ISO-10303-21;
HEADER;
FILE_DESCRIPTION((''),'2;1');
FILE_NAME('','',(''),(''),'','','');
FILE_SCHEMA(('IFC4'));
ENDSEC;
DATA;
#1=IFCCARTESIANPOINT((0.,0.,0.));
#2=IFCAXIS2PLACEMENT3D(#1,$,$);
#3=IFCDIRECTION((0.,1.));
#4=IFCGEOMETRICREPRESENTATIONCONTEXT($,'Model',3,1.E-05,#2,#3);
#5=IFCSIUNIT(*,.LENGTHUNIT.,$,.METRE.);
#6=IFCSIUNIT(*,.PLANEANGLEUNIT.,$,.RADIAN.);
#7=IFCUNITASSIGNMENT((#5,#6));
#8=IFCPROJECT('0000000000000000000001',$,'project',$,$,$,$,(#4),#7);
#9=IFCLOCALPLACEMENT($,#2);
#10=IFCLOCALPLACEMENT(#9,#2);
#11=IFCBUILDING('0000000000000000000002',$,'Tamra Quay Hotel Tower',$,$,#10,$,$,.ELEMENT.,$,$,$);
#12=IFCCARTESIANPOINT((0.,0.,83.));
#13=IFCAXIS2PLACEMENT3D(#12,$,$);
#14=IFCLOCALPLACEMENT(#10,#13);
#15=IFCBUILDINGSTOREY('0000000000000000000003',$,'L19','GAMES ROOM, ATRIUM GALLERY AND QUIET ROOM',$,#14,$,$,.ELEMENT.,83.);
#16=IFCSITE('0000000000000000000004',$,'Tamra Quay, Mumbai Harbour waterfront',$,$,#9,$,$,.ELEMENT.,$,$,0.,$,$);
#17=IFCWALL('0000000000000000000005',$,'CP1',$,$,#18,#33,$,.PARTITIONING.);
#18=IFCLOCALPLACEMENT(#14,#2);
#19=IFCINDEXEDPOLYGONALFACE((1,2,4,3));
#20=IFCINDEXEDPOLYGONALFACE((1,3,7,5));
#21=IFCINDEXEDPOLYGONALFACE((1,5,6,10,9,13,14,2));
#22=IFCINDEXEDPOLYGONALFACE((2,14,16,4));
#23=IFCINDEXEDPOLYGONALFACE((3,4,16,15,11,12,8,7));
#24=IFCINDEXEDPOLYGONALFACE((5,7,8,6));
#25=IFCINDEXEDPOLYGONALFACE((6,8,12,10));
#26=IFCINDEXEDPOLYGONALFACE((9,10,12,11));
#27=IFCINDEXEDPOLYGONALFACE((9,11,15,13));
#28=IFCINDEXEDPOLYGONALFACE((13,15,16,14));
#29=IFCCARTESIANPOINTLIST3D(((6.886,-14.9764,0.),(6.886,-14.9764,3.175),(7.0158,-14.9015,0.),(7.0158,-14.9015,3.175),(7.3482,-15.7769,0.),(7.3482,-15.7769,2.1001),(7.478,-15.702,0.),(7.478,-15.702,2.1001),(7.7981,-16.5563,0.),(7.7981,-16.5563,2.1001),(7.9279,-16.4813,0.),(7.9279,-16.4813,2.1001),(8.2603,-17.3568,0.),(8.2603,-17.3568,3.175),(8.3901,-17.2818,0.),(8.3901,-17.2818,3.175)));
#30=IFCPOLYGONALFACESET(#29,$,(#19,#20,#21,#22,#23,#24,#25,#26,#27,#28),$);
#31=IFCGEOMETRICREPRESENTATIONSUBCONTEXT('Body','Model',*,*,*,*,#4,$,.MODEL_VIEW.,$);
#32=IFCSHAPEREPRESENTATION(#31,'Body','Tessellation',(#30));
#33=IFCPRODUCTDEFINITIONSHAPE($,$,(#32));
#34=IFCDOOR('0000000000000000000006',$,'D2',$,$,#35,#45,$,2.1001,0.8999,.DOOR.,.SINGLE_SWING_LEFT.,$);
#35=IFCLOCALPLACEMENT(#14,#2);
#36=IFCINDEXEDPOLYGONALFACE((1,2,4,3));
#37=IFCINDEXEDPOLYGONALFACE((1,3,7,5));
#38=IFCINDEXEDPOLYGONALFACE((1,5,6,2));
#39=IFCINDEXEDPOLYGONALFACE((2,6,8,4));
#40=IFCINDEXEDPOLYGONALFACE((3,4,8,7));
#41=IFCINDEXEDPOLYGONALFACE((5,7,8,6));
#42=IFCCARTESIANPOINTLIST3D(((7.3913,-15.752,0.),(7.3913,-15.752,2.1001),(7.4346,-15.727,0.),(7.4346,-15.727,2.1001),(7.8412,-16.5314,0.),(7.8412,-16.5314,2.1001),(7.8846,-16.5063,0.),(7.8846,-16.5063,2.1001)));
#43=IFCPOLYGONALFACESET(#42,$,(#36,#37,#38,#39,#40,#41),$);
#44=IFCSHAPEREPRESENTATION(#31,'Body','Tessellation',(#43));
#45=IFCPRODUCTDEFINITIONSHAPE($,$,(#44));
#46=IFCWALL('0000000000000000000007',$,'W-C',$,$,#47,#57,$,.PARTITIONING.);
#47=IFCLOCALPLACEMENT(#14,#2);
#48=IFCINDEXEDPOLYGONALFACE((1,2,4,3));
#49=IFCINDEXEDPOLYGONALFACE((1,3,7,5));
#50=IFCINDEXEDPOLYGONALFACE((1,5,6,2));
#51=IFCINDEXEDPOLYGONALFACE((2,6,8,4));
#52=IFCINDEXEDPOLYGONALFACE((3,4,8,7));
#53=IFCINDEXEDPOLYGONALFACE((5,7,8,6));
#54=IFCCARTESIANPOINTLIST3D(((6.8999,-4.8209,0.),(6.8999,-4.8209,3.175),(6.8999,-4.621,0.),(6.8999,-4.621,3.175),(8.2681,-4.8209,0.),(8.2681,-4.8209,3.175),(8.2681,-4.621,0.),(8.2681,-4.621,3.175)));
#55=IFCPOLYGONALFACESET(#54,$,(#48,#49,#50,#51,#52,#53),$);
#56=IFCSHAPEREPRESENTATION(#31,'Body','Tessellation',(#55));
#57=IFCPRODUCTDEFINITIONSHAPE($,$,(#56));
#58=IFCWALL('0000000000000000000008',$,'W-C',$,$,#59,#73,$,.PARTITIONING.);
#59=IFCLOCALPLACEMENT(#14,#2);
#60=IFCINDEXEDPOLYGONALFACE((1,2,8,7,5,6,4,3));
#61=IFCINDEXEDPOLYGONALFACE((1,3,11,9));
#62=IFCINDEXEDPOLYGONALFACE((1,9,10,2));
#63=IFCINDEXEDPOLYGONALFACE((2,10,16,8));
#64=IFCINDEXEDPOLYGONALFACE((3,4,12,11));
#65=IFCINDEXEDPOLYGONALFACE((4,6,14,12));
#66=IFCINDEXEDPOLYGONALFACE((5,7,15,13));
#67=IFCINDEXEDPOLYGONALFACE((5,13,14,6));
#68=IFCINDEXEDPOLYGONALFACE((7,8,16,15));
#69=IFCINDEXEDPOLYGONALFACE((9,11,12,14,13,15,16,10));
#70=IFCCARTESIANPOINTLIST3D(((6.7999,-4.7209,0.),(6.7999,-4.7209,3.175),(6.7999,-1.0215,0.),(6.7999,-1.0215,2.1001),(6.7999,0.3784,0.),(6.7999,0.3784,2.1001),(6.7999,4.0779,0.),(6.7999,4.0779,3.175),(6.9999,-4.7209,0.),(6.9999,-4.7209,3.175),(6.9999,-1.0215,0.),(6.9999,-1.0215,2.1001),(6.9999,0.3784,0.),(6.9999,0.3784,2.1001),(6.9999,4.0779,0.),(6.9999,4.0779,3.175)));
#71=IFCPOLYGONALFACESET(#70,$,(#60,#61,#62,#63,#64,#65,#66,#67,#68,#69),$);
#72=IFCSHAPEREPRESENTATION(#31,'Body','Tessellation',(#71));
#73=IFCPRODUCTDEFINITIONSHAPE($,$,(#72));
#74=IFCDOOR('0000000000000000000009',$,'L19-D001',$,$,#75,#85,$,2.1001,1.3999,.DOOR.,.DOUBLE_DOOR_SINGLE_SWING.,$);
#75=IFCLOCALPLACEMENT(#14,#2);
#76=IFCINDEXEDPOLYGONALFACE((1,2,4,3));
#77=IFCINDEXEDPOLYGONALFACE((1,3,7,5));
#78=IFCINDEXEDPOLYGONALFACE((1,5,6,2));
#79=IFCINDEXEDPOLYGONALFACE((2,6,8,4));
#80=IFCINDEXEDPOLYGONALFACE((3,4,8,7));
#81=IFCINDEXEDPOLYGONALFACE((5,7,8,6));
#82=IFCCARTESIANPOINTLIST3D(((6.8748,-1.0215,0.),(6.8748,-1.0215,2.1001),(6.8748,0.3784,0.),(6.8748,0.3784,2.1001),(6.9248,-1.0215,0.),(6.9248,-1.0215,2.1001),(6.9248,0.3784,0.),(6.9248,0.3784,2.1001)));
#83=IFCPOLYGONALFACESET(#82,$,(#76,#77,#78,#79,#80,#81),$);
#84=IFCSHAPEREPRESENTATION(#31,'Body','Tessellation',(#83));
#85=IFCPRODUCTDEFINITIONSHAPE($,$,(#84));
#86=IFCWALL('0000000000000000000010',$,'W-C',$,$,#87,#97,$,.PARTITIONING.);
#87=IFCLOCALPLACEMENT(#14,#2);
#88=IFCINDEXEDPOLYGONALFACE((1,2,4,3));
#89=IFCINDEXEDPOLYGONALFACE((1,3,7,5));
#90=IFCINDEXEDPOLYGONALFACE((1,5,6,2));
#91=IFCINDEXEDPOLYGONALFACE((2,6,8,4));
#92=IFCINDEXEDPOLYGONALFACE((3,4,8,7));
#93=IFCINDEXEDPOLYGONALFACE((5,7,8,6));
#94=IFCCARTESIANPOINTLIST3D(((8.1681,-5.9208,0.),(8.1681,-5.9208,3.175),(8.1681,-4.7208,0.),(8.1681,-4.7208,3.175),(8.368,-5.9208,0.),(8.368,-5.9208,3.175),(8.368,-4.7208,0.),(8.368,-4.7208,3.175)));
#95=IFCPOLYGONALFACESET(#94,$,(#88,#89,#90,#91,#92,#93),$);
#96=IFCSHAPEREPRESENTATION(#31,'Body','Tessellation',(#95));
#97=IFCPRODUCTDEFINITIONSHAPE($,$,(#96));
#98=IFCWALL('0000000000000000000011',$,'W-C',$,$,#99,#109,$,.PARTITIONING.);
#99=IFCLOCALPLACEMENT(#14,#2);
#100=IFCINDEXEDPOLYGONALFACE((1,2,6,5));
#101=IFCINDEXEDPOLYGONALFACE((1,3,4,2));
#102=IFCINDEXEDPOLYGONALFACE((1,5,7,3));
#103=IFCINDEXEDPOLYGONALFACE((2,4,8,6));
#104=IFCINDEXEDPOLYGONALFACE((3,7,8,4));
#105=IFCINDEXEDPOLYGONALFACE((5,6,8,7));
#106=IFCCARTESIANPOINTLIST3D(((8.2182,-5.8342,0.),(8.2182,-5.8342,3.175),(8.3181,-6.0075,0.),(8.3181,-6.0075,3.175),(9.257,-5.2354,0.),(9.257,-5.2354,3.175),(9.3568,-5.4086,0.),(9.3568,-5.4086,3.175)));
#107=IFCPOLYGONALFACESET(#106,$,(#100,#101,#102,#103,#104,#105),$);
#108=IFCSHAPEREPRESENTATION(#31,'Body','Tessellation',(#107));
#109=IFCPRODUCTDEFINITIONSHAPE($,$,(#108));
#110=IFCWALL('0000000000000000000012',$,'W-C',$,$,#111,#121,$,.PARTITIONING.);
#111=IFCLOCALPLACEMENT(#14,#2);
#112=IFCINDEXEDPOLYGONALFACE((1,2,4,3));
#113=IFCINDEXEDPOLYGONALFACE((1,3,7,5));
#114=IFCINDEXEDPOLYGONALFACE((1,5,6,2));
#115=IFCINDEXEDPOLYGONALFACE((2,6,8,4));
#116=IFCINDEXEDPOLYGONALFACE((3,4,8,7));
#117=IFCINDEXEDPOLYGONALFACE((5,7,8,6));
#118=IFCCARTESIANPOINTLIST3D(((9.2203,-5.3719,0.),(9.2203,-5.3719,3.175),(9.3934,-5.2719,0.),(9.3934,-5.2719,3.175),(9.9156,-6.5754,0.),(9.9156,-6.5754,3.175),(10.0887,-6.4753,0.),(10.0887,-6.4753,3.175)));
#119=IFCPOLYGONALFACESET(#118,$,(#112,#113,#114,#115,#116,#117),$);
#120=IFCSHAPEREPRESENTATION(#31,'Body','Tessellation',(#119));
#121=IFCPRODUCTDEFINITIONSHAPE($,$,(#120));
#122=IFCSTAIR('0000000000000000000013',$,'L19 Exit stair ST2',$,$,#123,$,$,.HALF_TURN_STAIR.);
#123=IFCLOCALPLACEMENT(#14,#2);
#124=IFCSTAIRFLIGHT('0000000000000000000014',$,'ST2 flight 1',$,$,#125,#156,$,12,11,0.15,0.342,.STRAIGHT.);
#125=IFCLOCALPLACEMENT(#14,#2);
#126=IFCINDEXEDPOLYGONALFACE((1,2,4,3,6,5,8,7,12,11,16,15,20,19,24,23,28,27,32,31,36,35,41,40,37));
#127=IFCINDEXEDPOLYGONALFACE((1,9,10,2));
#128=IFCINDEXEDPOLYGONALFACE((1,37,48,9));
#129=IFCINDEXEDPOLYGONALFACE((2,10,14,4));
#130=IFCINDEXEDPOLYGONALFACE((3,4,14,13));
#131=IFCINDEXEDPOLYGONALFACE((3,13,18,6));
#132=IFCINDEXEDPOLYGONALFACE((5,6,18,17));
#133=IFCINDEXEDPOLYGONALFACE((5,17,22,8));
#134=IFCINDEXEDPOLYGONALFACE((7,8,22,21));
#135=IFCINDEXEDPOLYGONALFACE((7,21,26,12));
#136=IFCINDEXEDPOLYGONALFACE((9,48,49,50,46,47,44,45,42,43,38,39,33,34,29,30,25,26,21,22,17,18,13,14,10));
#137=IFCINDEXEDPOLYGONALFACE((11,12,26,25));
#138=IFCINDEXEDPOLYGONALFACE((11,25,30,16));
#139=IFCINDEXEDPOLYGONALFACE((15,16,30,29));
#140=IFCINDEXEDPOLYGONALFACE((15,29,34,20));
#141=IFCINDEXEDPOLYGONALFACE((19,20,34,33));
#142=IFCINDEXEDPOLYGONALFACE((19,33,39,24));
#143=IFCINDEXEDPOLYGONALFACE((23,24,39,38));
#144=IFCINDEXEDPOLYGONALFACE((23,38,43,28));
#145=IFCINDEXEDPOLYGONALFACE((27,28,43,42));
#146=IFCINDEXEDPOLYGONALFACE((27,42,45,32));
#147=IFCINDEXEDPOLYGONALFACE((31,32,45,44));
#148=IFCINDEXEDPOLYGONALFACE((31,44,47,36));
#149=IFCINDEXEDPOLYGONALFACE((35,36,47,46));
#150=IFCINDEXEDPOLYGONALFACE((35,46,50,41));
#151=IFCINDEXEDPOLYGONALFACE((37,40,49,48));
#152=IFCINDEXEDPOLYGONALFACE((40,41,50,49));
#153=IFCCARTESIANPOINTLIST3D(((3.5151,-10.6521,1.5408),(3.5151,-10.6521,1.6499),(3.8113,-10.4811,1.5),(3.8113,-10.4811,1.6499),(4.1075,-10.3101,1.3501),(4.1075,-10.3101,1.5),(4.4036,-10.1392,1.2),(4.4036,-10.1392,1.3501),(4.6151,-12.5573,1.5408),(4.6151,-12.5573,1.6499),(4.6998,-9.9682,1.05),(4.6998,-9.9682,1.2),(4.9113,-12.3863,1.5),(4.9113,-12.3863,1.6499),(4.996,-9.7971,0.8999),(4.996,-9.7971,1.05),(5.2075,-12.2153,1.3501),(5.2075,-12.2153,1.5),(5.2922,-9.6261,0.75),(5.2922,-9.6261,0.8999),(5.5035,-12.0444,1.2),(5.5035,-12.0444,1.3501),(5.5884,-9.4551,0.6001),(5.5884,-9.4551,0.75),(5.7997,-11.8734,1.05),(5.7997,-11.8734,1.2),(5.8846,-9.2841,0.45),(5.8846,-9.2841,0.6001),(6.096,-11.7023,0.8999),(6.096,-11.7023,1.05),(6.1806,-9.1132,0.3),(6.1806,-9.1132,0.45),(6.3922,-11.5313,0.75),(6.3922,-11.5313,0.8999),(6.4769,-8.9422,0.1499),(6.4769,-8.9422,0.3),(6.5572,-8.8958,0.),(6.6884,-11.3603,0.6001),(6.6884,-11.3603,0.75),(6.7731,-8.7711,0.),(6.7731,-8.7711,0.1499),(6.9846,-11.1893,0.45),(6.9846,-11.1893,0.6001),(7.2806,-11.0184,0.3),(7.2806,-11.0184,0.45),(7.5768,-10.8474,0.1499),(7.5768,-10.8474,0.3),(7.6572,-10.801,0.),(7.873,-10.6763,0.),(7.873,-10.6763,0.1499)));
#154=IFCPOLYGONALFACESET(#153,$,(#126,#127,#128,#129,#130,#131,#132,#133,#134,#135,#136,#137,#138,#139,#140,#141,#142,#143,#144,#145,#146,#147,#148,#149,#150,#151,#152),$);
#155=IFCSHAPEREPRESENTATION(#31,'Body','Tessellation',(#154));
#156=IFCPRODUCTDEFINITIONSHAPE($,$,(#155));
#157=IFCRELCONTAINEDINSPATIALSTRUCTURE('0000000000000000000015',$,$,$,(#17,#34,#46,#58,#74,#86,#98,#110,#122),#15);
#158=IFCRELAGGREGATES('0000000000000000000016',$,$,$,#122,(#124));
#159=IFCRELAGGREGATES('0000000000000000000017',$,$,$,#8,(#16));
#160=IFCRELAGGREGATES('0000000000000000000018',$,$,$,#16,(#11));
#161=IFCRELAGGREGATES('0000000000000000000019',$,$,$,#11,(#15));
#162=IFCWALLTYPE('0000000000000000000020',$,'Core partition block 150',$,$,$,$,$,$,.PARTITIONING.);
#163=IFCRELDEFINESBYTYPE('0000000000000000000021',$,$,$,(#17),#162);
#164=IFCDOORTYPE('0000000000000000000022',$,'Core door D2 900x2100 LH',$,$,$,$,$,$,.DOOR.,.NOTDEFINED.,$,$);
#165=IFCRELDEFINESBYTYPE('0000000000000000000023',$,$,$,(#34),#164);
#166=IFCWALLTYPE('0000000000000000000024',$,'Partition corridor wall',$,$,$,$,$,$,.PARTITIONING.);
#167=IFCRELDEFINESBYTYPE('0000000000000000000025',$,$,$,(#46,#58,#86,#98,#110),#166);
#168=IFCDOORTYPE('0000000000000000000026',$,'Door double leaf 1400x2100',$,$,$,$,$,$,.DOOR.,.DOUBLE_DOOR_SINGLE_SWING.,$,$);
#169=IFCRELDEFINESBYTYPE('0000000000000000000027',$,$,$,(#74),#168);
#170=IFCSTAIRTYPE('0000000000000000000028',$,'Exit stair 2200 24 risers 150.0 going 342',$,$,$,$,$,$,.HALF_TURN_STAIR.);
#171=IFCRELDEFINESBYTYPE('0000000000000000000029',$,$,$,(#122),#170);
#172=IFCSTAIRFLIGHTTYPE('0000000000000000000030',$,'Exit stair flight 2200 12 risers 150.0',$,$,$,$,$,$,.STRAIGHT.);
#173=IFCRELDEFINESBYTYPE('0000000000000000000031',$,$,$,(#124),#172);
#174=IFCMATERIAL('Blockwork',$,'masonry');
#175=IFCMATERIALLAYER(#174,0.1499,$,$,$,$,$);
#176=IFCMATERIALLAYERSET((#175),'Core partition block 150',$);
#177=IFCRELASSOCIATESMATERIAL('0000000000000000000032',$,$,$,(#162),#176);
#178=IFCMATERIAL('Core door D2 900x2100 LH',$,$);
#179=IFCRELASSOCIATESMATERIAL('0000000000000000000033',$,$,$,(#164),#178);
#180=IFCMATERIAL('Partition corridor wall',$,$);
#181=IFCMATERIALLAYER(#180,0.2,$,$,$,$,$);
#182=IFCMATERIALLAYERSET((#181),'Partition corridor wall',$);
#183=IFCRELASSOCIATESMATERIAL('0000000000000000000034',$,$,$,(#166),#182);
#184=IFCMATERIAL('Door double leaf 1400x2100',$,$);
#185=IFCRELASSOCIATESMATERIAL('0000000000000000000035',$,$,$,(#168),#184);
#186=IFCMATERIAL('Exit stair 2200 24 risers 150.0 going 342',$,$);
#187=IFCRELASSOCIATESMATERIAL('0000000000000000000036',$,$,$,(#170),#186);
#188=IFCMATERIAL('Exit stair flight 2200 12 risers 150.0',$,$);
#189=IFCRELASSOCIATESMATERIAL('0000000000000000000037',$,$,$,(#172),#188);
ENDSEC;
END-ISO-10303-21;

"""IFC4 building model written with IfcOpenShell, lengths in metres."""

from ifc_helpers import new_model, si_unit, direction, frame, frame_2d, origin, place, context, subcontext, project, spatial, polyline, rectangle, outline, extrude, material, layer, layer_set, type_object, element, fill, aggregate, save


model = new_model("IFC4")

# Units and contexts
model_context = context("Model", 3, precision=1e-05, world=origin(), true_north=direction((0.0, 1.0)))
body_context = subcontext(model_context, "Body", "Model", "MODEL_VIEW")
ifc_project = project(units=[si_unit("LENGTHUNIT", "METRE"), si_unit("PLANEANGLEUNIT", "RADIAN")], contexts=[model_context])

# Site, building, storey
site_placement = place(None, origin())
site = spatial("IfcSite", under=ifc_project, at=site_placement, Name="Tamra Quay, Mumbai Harbour waterfront", CompositionType="ELEMENT", RefElevation=0.0)
building_placement = place(site_placement, origin())
building = spatial("IfcBuilding", under=site, at=building_placement, Name="Tamra Quay Hotel Tower", CompositionType="ELEMENT")
storey_placement = place(building_placement, frame((0.0, 0.0, 83.0)))
storey = spatial("IfcBuildingStorey", under=building, at=storey_placement, Name="L19", Description="GAMES ROOM, ATRIUM GALLERY AND QUIET ROOM", CompositionType="ELEMENT", Elevation=83.0)

# Shared definitions
ifc_material_1 = material(Name="Blockwork", Category="masonry")
ifc_layer_1 = layer(ifc_material_1, 0.1499)
ifc_layer_set_1 = layer_set([ifc_layer_1], Name="Core partition block 150")
wall_type_1 = type_object("IfcWallType", Name="Core partition block 150", PredefinedType="PARTITIONING", material=ifc_layer_set_1)

# Wall, opening, door
wall_1_placement = place(storey_placement, frame((6.9509, -14.939, 0.0), z_axis=(0.0, 0.0, 1.0), x_axis=(0.499989, -0.866032, 0.0)))
wall_1 = element("IfcWall", 1, at=wall_1_placement, inside=storey, type_object=wall_type_1, Name="CP1", PredefinedType="PARTITIONING", context=body_context, shape_type="SweptSolid", body=[
    extrude(rectangle(XDim=2.7485, YDim=0.1499, at=frame_2d((1.3743, 0.0))), origin(), (0.0, 0.0, 1.0), 3.175),
])
opening_1_placement = place(wall_1_placement, frame((0.9243, 0.0, 0.0)))
opening_1 = element("IfcOpeningElement", 2, at=opening_1_placement, cuts=wall_1, PredefinedType="OPENING", context=body_context, shape_type="SweptSolid", body=[
    extrude(rectangle(XDim=0.8999, YDim=2.1001, at=frame_2d((0.45, 1.05))), frame((0.0, 0.085, 0.0), z_axis=(0.0, -1.0, 0.0), x_axis=(1.0, 0.0, 0.0)), (0.0, 0.0, 1.0), 0.1699),
])
ifc_material_2 = material(Name="Core door D2 900x2100 LH")
door_type_1 = type_object("IfcDoorType", Name="Core door D2 900x2100 LH", OperationType="NOTDEFINED", PredefinedType="DOOR", material=ifc_material_2)
door_1_placement = place(opening_1_placement, origin())
door_1 = element("IfcDoor", 3, at=door_1_placement, inside=storey, type_object=door_type_1, Name="D2", OperationType="SINGLE_SWING_LEFT", OverallHeight=2.1001, OverallWidth=0.8999, PredefinedType="DOOR", context=body_context, shape_type="SweptSolid", body=[
    extrude(rectangle(XDim=0.8999, YDim=2.1001, at=frame_2d((0.45, 1.05))), frame((0.0, 0.0249, 0.0), z_axis=(0.0, -1.0, 0.0), x_axis=(1.0, 0.0, 0.0)), (0.0, 0.0, 1.0), 0.05),
])
fill(opening_1, door_1)

# Wall
ifc_material_3 = material(Name="Partition corridor wall")
ifc_layer_2 = layer(ifc_material_3, 0.2)
ifc_layer_set_2 = layer_set([ifc_layer_2], Name="Partition corridor wall")
wall_type_2 = type_object("IfcWallType", Name="Partition corridor wall", PredefinedType="PARTITIONING", material=ifc_layer_set_2)
wall_2_placement = place(storey_placement, frame((6.8999, -4.7209, 0.0), z_axis=(0.0, 0.0, 1.0), x_axis=(1.0, 0.0, 0.0)))
element("IfcWall", 4, at=wall_2_placement, inside=storey, type_object=wall_type_2, Name="W-C", PredefinedType="PARTITIONING", context=body_context, shape_type="SweptSolid", body=[
    extrude(rectangle(XDim=1.3682, YDim=0.2, at=frame_2d((0.6841, 0.0))), origin(), (0.0, 0.0, 1.0), 3.175),
])

# Wall, opening, door
wall_3_placement = place(storey_placement, frame((6.8999, -4.7209, 0.0), z_axis=(0.0, 0.0, 1.0), x_axis=(0.0, 1.0, 0.0)))
wall_3 = element("IfcWall", 5, at=wall_3_placement, inside=storey, type_object=wall_type_2, Name="W-C", PredefinedType="PARTITIONING", context=body_context, shape_type="SweptSolid", body=[
    extrude(rectangle(XDim=8.7988, YDim=0.2, at=frame_2d((4.3994, 0.0))), origin(), (0.0, 0.0, 1.0), 3.175),
])
opening_2_placement = place(wall_3_placement, frame((3.6995, 0.0, 0.0)))
opening_2 = element("IfcOpeningElement", 6, at=opening_2_placement, cuts=wall_3, PredefinedType="OPENING", context=body_context, shape_type="SweptSolid", body=[
    extrude(rectangle(XDim=1.3999, YDim=2.1001, at=frame_2d((0.7, 1.05))), frame((0.0, 0.1099, 0.0), z_axis=(0.0, -1.0, 0.0), x_axis=(1.0, 0.0, 0.0)), (0.0, 0.0, 1.0), 0.22),
])
ifc_material_4 = material(Name="Door double leaf 1400x2100")
door_type_2 = type_object("IfcDoorType", Name="Door double leaf 1400x2100", OperationType="DOUBLE_DOOR_SINGLE_SWING", PredefinedType="DOOR", material=ifc_material_4)
door_2_placement = place(opening_2_placement, frame((1.3999, 0.0, 0.0), z_axis=(0.0, 0.0, 1.0), x_axis=(-1.0, 0.0, 0.0)))
door_2 = element("IfcDoor", 7, at=door_2_placement, inside=storey, type_object=door_type_2, Name="L19-D001", OperationType="DOUBLE_DOOR_SINGLE_SWING", OverallHeight=2.1001, OverallWidth=1.3999, PredefinedType="DOOR", context=body_context, shape_type="SweptSolid", body=[
    extrude(rectangle(XDim=1.3999, YDim=2.1001, at=frame_2d((0.7, 1.05))), frame((0.0, 0.0249, 0.0), z_axis=(0.0, -1.0, 0.0), x_axis=(1.0, 0.0, 0.0)), (0.0, 0.0, 1.0), 0.05),
])
fill(opening_2, door_2)

# Walls
wall_4_placement = place(storey_placement, frame((8.2681, -5.9209, 0.0), z_axis=(0.0, 0.0, 1.0), x_axis=(0.0, 1.0, 0.0)))
element("IfcWall", 8, at=wall_4_placement, inside=storey, type_object=wall_type_2, Name="W-C", PredefinedType="PARTITIONING", context=body_context, shape_type="SweptSolid", body=[
    extrude(rectangle(XDim=1.2, YDim=0.2, at=frame_2d((0.6001, 0.0))), origin(), (0.0, 0.0, 1.0), 3.175),
])
wall_5_placement = place(storey_placement, frame((8.2681, -5.9209, 0.0), z_axis=(0.0, 0.0, 1.0), x_axis=(0.866345, 0.499446, 0.0)))
element("IfcWall", 9, at=wall_5_placement, inside=storey, type_object=wall_type_2, Name="W-C", PredefinedType="PARTITIONING", context=body_context, shape_type="SweptSolid", body=[
    extrude(rectangle(XDim=1.199, YDim=0.2, at=frame_2d((0.5996, 0.0))), origin(), (0.0, 0.0, 1.0), 3.175),
])
wall_6_placement = place(storey_placement, frame((9.3069, -5.322, 0.0), z_axis=(0.0, 0.0, 1.0), x_axis=(0.500295, -0.865855, 0.0)))
element("IfcWall", 10, at=wall_6_placement, inside=storey, type_object=wall_type_2, Name="W-C", PredefinedType="PARTITIONING", context=body_context, shape_type="SweptSolid", body=[
    extrude(rectangle(XDim=1.3899, YDim=0.2, at=frame_2d((0.6948, 0.0))), origin(), (0.0, 0.0, 1.0), 3.175),
])

# Stair, stair flight
ifc_material_5 = material(Name="Exit stair 2200 24 risers 150.0 going 342")
stair_type = type_object("IfcStairType", Name="Exit stair 2200 24 risers 150.0 going 342", PredefinedType="HALF_TURN_STAIR", material=ifc_material_5)
stair_placement = place(storey_placement, origin())
stair = element("IfcStair", 11, at=stair_placement, inside=storey, type_object=stair_type, Name="L19 Exit stair ST2", PredefinedType="HALF_TURN_STAIR")
ifc_material_6 = material(Name="Exit stair flight 2200 12 risers 150.0")
stair_flight_type = type_object("IfcStairFlightType", Name="Exit stair flight 2200 12 risers 150.0", PredefinedType="STRAIGHT", material=ifc_material_6)
stair_flight_1_placement = place(storey_placement, frame((7.323, -9.7236, 0.0), z_axis=(0.0, 0.0, 1.0), x_axis=(-0.866025, -0.5, 0.0)))
stair_flight_1 = element("IfcStairFlight", 12, at=stair_flight_1_placement, type_object=stair_flight_type, Name="ST2 flight 1", NumberOfRisers=12, NumberOfTreads=11, PredefinedType="STRAIGHT", RiserHeight=0.15, TreadLength=0.342, context=body_context, shape_type="SweptSolid", body=[
    extrude(outline(polyline([(0.0, 0.0), (0.0, 0.1499), (0.342, 0.1499), (0.342, 0.3), (0.6841, 0.3), (0.6841, 0.45), (1.0259, 0.45), (1.0259, 0.6001), (1.3679, 0.6001), (1.3679, 0.75), (1.71, 0.75), (1.71, 0.8999), (2.052, 0.8999), (2.052, 1.05), (2.394, 1.05), (2.394, 1.2), (2.7361, 1.2), (2.7361, 1.3501), (3.0779, 1.3501), (3.0779, 1.5), (3.4199, 1.5), (3.4199, 1.6499), (3.762, 1.6499), (3.762, 1.8), (3.762, 1.5408), (0.2493, 0.0), (0.0, 0.0)])), frame((0.0, 1.1001, 0.0), z_axis=(0.0, -1.0, 0.0), x_axis=(1.0, 0.0, 0.0)), (0.0, 0.0, 1.0), 2.2),
])
aggregate(stair, [stair_flight_1])

save(model, "model.ifc")
